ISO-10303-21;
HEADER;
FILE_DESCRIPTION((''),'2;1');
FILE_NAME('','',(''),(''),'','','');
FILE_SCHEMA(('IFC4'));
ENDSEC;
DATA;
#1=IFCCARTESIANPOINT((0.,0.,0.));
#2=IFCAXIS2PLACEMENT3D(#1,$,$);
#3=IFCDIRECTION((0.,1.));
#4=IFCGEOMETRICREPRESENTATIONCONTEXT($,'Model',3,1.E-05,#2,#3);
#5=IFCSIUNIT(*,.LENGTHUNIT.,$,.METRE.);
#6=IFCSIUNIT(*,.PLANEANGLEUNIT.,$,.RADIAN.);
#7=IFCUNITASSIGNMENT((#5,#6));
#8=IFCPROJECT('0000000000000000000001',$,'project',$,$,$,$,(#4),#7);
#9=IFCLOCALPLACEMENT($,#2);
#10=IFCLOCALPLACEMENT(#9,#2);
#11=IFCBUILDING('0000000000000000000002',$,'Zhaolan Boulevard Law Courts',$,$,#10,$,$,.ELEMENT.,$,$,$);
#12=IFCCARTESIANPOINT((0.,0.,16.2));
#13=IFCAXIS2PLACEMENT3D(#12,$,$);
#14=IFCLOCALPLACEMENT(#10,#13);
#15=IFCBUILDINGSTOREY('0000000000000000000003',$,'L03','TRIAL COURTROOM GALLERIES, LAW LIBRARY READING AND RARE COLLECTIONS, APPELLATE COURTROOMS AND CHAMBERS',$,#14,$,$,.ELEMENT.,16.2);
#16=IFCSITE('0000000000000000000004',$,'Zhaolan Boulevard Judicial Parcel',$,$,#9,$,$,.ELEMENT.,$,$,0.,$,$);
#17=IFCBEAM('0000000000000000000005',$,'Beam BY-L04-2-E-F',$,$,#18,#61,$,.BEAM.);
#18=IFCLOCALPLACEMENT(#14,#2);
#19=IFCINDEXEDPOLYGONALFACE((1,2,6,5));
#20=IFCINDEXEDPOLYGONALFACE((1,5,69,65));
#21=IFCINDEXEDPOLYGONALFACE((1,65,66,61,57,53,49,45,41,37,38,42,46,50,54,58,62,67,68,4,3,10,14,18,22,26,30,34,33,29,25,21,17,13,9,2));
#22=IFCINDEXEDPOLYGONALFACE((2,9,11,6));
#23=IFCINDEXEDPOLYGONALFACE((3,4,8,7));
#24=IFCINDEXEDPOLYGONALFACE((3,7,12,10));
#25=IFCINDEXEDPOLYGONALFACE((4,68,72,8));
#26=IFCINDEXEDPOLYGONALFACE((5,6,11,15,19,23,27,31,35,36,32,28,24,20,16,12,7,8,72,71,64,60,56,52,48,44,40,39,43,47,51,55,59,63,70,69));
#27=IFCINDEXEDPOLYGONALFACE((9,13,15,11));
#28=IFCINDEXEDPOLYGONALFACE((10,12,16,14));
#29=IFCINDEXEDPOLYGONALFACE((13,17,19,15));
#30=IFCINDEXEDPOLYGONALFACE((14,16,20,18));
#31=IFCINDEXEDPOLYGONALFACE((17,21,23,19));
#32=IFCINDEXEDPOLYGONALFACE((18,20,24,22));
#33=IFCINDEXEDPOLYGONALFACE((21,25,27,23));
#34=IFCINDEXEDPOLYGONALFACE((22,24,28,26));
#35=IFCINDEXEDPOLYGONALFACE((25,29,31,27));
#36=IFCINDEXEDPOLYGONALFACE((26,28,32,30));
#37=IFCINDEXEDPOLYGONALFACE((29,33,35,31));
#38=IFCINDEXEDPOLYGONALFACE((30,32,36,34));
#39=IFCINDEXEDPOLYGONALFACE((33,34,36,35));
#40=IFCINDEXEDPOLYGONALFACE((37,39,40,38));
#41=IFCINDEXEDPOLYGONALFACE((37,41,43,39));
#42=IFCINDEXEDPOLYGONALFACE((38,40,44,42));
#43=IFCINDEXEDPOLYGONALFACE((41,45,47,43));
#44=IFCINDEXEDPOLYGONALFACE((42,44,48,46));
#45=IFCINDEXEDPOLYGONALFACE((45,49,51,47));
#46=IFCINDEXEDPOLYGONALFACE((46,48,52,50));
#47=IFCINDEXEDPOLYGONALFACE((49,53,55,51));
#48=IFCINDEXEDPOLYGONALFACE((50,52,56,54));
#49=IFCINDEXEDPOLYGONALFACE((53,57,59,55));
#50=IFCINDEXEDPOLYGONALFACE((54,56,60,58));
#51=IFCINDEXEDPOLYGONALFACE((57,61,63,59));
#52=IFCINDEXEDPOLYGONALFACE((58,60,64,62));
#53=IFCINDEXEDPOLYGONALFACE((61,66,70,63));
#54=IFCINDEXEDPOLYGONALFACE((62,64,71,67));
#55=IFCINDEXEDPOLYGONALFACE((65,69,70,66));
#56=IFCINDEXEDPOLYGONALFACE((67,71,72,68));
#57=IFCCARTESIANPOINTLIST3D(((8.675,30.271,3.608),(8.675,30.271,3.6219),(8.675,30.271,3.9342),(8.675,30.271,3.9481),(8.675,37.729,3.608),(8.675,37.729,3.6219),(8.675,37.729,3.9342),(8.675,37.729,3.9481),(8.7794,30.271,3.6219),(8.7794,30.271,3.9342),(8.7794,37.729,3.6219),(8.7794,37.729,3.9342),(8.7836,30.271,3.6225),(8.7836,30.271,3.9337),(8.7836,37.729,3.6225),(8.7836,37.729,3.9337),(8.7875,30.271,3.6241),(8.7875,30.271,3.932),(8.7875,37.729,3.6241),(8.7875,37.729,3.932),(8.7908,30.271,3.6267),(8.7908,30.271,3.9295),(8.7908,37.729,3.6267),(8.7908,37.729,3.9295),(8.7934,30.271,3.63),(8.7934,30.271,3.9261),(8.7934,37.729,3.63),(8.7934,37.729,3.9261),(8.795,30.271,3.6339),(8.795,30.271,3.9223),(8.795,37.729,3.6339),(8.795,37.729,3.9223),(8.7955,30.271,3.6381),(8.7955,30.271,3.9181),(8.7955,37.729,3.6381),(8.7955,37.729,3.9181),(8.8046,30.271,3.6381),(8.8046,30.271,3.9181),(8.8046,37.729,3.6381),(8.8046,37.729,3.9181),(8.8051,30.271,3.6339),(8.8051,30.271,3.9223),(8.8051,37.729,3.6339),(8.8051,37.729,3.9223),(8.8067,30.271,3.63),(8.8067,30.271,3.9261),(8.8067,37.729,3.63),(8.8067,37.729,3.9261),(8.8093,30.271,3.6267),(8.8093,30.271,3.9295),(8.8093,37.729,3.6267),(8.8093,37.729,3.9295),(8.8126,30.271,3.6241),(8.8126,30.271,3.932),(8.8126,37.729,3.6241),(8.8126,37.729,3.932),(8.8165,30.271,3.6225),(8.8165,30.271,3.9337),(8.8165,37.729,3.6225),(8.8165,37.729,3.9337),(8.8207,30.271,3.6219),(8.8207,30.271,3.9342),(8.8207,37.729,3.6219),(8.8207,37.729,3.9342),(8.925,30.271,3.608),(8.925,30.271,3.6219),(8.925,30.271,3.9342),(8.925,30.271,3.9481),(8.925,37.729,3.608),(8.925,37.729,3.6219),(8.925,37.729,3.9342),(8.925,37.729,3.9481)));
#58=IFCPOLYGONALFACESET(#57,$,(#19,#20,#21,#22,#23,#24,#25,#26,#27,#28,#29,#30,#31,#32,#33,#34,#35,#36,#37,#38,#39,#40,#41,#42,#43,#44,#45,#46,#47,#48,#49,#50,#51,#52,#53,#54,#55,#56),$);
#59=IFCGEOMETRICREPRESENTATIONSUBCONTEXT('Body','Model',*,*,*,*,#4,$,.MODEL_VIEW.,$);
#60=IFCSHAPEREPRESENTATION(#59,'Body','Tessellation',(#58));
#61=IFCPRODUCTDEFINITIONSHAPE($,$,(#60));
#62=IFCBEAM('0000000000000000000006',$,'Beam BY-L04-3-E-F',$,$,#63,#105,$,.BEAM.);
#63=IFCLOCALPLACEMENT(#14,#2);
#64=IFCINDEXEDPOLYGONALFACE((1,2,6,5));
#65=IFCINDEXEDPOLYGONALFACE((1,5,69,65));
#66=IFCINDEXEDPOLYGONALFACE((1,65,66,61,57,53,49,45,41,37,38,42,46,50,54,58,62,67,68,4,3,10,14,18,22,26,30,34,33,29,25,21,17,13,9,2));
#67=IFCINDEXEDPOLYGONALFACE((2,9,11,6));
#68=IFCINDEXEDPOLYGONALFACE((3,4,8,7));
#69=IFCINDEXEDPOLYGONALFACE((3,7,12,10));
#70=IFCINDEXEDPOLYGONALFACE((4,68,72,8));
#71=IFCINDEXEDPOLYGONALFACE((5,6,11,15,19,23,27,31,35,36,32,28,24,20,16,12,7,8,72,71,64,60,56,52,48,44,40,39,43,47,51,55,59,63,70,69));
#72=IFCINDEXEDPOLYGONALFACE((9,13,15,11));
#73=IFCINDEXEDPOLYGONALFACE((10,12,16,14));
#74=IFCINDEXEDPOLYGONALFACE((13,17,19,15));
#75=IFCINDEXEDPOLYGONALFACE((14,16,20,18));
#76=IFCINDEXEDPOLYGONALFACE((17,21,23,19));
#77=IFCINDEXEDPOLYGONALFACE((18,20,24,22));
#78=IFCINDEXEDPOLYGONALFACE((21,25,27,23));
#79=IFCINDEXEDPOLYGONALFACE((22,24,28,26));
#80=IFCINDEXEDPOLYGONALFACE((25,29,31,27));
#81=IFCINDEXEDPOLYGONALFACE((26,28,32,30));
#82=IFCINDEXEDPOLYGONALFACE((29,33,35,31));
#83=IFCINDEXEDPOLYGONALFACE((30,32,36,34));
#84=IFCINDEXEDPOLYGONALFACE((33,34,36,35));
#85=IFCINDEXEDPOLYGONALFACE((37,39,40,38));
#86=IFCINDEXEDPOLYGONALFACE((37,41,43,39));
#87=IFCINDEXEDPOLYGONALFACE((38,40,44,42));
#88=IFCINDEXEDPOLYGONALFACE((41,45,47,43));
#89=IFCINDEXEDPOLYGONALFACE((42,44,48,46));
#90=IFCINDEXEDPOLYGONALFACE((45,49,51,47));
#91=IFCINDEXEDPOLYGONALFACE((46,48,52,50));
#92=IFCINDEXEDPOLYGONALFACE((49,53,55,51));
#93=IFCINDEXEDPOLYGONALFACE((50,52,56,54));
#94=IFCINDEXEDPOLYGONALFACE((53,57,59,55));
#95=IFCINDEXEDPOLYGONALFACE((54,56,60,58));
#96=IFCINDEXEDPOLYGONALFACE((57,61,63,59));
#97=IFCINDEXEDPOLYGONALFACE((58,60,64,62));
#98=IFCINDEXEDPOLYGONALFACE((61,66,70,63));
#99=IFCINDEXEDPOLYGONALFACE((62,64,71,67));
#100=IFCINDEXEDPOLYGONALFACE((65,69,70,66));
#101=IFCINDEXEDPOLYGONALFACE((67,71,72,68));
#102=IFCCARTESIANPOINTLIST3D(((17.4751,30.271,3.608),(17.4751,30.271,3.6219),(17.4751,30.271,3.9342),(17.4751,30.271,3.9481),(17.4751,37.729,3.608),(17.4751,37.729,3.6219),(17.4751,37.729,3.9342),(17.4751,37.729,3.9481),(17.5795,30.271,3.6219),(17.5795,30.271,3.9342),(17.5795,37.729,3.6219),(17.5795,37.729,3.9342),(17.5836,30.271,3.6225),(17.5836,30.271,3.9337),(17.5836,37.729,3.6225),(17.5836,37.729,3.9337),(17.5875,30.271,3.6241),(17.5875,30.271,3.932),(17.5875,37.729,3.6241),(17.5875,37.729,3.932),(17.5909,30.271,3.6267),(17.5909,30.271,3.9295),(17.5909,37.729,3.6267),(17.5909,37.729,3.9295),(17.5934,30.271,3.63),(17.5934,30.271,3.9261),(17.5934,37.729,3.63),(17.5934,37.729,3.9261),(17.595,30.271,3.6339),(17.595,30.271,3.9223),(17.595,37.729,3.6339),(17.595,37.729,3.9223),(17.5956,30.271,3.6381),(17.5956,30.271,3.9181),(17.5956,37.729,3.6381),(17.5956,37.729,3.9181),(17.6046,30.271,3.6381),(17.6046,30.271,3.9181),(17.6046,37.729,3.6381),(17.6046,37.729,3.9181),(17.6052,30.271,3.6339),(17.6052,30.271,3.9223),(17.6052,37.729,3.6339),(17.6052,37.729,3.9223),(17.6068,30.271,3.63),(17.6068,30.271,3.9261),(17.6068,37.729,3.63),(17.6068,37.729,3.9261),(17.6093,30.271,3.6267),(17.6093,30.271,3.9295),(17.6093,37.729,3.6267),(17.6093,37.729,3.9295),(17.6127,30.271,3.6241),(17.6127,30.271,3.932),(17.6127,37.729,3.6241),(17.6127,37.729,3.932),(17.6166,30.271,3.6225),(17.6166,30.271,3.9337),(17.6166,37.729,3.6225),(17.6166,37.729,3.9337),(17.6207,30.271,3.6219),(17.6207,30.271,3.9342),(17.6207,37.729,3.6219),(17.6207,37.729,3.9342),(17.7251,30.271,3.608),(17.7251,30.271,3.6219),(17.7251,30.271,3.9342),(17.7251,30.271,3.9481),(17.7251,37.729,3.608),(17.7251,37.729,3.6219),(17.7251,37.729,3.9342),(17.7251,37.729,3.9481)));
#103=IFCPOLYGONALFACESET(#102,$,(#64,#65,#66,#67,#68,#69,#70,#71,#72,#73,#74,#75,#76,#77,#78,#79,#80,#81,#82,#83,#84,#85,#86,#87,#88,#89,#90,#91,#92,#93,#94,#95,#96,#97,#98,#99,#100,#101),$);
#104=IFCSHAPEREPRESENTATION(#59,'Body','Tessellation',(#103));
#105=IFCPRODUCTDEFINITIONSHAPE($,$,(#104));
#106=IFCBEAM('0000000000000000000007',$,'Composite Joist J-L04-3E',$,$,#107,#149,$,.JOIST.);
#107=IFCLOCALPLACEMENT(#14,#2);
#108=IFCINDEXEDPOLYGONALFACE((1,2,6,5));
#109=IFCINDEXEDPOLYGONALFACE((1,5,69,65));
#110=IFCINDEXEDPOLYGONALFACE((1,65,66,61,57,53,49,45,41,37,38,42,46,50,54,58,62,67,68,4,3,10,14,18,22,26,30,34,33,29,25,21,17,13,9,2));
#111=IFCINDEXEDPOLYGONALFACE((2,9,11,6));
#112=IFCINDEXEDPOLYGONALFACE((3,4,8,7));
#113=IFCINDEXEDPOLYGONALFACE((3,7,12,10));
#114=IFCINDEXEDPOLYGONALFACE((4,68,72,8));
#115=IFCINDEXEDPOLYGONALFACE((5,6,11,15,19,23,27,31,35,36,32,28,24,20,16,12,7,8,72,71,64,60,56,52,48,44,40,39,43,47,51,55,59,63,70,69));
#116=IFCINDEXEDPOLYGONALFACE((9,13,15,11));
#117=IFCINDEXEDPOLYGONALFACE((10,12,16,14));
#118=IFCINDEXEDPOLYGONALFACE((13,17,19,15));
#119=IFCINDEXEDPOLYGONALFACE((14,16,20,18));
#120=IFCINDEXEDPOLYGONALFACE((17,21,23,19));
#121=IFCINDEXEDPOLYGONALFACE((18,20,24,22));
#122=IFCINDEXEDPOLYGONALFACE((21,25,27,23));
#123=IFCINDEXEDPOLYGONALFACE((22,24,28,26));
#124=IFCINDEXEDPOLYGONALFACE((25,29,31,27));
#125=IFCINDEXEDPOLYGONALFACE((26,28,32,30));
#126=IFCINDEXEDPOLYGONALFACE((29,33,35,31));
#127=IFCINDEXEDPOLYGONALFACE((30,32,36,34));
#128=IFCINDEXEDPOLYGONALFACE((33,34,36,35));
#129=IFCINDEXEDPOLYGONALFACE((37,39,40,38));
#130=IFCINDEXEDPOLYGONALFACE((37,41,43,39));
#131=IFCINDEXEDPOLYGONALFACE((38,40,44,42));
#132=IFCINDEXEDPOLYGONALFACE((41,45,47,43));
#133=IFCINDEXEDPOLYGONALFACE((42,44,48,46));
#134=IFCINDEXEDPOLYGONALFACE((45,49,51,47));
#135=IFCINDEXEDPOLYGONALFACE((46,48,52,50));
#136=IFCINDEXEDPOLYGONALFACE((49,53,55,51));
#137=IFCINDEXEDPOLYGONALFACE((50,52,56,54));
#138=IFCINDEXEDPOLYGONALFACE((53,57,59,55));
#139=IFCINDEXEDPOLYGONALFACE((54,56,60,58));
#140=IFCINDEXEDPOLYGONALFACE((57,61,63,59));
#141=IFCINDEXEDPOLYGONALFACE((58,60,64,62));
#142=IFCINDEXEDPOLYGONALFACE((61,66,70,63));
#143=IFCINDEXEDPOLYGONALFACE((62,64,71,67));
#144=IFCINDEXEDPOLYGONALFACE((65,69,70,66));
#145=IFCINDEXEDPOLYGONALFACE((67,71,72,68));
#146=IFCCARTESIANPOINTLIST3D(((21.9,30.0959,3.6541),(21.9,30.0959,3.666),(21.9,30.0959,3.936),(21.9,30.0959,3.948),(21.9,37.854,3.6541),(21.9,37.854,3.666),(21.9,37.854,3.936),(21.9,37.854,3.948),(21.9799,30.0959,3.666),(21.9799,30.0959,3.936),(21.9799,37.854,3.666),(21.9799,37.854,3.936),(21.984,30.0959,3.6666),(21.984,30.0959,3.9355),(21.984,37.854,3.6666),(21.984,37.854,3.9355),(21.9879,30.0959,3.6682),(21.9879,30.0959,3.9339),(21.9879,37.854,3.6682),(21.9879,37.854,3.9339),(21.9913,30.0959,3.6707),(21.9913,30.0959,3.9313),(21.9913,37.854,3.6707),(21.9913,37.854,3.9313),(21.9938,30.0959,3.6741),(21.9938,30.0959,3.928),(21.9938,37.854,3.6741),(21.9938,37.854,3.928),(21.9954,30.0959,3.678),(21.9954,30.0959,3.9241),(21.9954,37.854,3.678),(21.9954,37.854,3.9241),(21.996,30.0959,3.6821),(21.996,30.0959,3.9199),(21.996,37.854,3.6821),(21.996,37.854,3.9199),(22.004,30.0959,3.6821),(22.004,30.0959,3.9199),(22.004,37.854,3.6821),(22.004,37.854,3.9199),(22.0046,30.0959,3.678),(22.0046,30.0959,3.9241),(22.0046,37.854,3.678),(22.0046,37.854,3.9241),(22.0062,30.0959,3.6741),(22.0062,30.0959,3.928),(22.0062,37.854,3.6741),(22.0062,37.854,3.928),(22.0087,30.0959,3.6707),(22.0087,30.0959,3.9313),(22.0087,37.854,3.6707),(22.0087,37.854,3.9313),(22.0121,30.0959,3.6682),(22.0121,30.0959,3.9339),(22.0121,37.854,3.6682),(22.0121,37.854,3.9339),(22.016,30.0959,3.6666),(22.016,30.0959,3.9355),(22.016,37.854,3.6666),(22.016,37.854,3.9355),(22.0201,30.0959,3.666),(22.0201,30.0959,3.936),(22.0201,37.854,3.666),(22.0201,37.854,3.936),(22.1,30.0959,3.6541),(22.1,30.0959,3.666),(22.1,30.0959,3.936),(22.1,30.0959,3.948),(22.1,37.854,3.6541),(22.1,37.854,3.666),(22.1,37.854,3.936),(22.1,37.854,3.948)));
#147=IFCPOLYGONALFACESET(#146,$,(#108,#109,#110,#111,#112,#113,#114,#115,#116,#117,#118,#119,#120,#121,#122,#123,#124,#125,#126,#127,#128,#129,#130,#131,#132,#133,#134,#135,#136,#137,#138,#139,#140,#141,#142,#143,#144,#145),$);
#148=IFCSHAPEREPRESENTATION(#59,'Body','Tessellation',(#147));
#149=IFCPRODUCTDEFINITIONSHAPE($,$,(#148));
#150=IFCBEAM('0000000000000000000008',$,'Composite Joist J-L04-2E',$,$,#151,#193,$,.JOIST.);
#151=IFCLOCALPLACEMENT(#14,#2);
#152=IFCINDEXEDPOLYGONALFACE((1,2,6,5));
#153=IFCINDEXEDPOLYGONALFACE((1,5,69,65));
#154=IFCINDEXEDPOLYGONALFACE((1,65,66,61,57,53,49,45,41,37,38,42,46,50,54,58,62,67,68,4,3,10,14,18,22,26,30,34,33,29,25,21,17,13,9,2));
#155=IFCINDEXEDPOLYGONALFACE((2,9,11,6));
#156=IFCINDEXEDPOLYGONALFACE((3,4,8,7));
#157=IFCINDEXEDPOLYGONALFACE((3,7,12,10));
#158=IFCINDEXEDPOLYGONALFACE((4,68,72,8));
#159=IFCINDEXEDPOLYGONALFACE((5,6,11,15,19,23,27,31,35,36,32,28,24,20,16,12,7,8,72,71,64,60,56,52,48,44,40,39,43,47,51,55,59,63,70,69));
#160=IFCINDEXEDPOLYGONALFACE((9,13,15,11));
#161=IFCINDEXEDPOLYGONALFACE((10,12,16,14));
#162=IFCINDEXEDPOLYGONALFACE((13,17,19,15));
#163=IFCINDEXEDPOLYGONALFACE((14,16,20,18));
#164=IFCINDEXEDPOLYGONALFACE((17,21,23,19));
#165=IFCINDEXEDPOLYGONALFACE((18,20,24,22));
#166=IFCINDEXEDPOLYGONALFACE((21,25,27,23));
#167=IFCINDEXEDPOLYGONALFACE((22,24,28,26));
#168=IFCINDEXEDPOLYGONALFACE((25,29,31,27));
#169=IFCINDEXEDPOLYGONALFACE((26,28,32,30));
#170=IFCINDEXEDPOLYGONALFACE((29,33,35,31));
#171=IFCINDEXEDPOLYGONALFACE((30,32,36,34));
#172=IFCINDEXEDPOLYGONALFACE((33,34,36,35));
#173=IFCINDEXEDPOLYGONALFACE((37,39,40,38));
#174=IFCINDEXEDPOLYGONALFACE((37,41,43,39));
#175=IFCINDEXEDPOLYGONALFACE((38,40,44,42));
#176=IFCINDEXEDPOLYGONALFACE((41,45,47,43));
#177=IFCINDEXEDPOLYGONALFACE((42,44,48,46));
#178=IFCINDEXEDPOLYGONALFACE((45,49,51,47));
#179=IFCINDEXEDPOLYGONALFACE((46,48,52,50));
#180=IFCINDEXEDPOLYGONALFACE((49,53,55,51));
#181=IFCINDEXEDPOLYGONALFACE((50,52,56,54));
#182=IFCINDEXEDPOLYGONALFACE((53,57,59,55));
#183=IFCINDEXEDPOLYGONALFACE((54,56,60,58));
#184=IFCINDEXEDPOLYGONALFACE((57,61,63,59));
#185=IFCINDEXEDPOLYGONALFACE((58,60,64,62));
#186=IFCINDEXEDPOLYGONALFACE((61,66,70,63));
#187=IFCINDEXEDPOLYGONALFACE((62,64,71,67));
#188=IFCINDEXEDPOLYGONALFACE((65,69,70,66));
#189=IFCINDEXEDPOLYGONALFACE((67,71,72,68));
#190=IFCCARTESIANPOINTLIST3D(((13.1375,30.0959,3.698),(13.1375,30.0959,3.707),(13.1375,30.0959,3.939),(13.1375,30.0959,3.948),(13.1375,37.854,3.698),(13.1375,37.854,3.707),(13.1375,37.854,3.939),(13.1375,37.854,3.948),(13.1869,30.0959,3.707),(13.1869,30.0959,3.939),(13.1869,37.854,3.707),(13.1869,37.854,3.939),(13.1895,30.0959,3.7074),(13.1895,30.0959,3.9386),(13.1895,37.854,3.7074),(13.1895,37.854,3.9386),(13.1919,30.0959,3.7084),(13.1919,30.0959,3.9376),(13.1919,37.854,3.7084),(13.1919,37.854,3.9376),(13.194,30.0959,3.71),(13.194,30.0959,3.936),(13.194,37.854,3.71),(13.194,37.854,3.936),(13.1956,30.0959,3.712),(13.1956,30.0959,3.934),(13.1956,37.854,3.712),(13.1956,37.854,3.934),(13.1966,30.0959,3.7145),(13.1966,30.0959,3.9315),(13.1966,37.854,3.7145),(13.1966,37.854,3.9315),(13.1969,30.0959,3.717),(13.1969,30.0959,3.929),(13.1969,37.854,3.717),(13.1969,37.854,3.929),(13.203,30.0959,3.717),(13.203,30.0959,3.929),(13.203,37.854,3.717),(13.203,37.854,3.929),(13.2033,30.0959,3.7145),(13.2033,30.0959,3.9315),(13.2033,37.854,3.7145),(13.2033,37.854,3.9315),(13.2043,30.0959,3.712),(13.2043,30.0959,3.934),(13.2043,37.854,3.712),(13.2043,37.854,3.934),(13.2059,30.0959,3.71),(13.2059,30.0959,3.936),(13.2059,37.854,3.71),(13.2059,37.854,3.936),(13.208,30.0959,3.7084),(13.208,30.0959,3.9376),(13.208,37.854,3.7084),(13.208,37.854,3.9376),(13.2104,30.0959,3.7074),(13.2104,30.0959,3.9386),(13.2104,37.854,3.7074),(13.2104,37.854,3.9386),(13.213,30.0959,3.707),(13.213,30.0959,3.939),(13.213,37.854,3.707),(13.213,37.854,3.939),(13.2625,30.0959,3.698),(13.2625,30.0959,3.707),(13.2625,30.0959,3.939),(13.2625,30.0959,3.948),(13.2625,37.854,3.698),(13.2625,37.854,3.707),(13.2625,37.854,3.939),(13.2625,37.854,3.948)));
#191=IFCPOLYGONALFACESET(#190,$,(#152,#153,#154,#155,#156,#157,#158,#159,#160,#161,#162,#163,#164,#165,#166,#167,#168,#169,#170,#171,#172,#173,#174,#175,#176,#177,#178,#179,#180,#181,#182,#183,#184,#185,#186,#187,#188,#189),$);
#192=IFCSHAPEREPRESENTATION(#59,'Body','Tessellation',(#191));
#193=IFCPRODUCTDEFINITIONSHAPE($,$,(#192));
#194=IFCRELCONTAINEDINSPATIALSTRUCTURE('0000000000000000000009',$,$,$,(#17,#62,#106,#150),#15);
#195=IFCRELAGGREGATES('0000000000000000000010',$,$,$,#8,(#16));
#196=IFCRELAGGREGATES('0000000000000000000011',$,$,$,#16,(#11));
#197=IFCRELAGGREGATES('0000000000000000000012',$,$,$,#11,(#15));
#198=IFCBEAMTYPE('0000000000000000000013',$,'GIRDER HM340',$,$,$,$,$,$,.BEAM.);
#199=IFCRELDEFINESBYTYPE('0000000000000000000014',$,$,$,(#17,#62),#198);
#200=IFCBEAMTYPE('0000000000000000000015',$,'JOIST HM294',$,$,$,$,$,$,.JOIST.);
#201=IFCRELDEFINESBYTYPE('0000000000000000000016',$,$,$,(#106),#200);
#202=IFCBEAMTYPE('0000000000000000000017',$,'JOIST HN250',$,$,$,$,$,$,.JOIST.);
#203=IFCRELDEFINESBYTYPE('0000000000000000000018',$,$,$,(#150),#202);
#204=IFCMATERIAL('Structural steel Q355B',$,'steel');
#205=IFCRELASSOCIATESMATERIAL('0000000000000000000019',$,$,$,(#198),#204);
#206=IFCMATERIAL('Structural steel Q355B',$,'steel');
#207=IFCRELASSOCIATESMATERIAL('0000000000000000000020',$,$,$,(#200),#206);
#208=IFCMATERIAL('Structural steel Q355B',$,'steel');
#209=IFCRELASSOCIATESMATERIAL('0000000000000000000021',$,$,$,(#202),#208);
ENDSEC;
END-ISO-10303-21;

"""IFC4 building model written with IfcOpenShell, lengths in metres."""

from ifc_helpers import new_model, si_unit, direction, frame, origin, origin_2d, place, context, subcontext, project, spatial, i_section, extrude, material, material_profile, profile_set, type_object, element, save


model = new_model("IFC4")

# Units and contexts
model_context = context("Model", 3, precision=1e-05, world=origin(), true_north=direction((0.0, 1.0)))
body_context = subcontext(model_context, "Body", "Model", "MODEL_VIEW")
ifc_project = project(units=[si_unit("LENGTHUNIT", "METRE"), si_unit("PLANEANGLEUNIT", "RADIAN")], contexts=[model_context])

# Site, building, storey
site_placement = place(None, origin())
site = spatial("IfcSite", under=ifc_project, at=site_placement, Name="Zhaolan Boulevard Judicial Parcel", CompositionType="ELEMENT", RefElevation=0.0)
building_placement = place(site_placement, origin())
building = spatial("IfcBuilding", under=site, at=building_placement, Name="Zhaolan Boulevard Law Courts", CompositionType="ELEMENT")
storey_placement = place(building_placement, frame((0.0, 0.0, 16.2)))
storey = spatial("IfcBuildingStorey", under=building, at=storey_placement, Name="L03", Description="TRIAL COURTROOM GALLERIES, LAW LIBRARY READING AND RARE COLLECTIONS, APPELLATE COURTROOMS AND CHAMBERS", CompositionType="ELEMENT", Elevation=16.2)

# Beams
ifc_material_1 = material(Name="Structural steel Q355B", Category="steel")
ifc_material_profile_1 = material_profile(ifc_material_1, i_section(OverallWidth=0.25, OverallDepth=0.3401, WebThickness=0.009, FlangeThickness=0.0139, FilletRadius=0.0161, at=origin_2d()), Name="HM340x250")
ifc_profile_set_1 = profile_set([ifc_material_profile_1], Name="Structural steel Q355B")
beam_type_1 = type_object("IfcBeamType", Name="GIRDER HM340", PredefinedType="BEAM", material=ifc_profile_set_1)
for number, where, z_axis, x_axis, name in (
    (1, (8.8, 30.271, 3.7781), (0.0, 1.0, 0.0), (-1.0, 0.0, 0.0), "Beam BY-L04-2-E-F"),
    (2, (17.6001, 30.271, 3.7781), (0.0, 1.0, 0.0), (-1.0, 0.0, 0.0), "Beam BY-L04-3-E-F"),
):
    element("IfcBeam", number, at=place(storey_placement, frame(where, z_axis=z_axis, x_axis=x_axis)), inside=storey, type_object=beam_type_1, Name=name, PredefinedType="BEAM", context=body_context, shape_type="SweptSolid", body=[
        extrude(i_section(OverallWidth=0.25, OverallDepth=0.3401, WebThickness=0.009, FlangeThickness=0.0139, FilletRadius=0.0161, at=origin_2d()), origin(), (0.0, 0.0, 1.0), 7.458),
    ])
ifc_material_2 = material(Name="Structural steel Q355B", Category="steel")
ifc_material_profile_2 = material_profile(ifc_material_2, i_section(OverallWidth=0.2, OverallDepth=0.2939, WebThickness=0.0081, FlangeThickness=0.012, FilletRadius=0.0161, at=origin_2d()), Name="HM294x200")
ifc_profile_set_2 = profile_set([ifc_material_profile_2], Name="Structural steel Q355B")
beam_type_2 = type_object("IfcBeamType", Name="JOIST HM294", PredefinedType="JOIST", material=ifc_profile_set_2)
beam_1_placement = place(storey_placement, frame((22.0, 30.0959, 3.801), z_axis=(0.0, 1.0, 0.0), x_axis=(-1.0, 0.0, 0.0)))
element("IfcBeam", 3, at=beam_1_placement, inside=storey, type_object=beam_type_2, Name="Composite Joist J-L04-3E", PredefinedType="JOIST", context=body_context, shape_type="SweptSolid", body=[
    extrude(i_section(OverallWidth=0.2, OverallDepth=0.2939, WebThickness=0.0081, FlangeThickness=0.012, FilletRadius=0.0161, at=origin_2d()), origin(), (0.0, 0.0, 1.0), 7.7581),
])
ifc_material_3 = material(Name="Structural steel Q355B", Category="steel")
ifc_material_profile_3 = material_profile(ifc_material_3, i_section(OverallWidth=0.125, OverallDepth=0.25, WebThickness=0.0061, FlangeThickness=0.009, FilletRadius=0.01, at=origin_2d()), Name="HN250x125")
ifc_profile_set_3 = profile_set([ifc_material_profile_3], Name="Structural steel Q355B")
beam_type_3 = type_object("IfcBeamType", Name="JOIST HN250", PredefinedType="JOIST", material=ifc_profile_set_3)
beam_2_placement = place(storey_placement, frame((13.2, 30.0959, 3.823), z_axis=(0.0, 1.0, 0.0), x_axis=(-1.0, 0.0, 0.0)))
element("IfcBeam", 4, at=beam_2_placement, inside=storey, type_object=beam_type_3, Name="Composite Joist J-L04-2E", PredefinedType="JOIST", context=body_context, shape_type="SweptSolid", body=[
    extrude(i_section(OverallWidth=0.125, OverallDepth=0.25, WebThickness=0.0061, FlangeThickness=0.009, FilletRadius=0.01, at=origin_2d()), origin(), (0.0, 0.0, 1.0), 7.7581),
])

save(model, "model.ifc")
